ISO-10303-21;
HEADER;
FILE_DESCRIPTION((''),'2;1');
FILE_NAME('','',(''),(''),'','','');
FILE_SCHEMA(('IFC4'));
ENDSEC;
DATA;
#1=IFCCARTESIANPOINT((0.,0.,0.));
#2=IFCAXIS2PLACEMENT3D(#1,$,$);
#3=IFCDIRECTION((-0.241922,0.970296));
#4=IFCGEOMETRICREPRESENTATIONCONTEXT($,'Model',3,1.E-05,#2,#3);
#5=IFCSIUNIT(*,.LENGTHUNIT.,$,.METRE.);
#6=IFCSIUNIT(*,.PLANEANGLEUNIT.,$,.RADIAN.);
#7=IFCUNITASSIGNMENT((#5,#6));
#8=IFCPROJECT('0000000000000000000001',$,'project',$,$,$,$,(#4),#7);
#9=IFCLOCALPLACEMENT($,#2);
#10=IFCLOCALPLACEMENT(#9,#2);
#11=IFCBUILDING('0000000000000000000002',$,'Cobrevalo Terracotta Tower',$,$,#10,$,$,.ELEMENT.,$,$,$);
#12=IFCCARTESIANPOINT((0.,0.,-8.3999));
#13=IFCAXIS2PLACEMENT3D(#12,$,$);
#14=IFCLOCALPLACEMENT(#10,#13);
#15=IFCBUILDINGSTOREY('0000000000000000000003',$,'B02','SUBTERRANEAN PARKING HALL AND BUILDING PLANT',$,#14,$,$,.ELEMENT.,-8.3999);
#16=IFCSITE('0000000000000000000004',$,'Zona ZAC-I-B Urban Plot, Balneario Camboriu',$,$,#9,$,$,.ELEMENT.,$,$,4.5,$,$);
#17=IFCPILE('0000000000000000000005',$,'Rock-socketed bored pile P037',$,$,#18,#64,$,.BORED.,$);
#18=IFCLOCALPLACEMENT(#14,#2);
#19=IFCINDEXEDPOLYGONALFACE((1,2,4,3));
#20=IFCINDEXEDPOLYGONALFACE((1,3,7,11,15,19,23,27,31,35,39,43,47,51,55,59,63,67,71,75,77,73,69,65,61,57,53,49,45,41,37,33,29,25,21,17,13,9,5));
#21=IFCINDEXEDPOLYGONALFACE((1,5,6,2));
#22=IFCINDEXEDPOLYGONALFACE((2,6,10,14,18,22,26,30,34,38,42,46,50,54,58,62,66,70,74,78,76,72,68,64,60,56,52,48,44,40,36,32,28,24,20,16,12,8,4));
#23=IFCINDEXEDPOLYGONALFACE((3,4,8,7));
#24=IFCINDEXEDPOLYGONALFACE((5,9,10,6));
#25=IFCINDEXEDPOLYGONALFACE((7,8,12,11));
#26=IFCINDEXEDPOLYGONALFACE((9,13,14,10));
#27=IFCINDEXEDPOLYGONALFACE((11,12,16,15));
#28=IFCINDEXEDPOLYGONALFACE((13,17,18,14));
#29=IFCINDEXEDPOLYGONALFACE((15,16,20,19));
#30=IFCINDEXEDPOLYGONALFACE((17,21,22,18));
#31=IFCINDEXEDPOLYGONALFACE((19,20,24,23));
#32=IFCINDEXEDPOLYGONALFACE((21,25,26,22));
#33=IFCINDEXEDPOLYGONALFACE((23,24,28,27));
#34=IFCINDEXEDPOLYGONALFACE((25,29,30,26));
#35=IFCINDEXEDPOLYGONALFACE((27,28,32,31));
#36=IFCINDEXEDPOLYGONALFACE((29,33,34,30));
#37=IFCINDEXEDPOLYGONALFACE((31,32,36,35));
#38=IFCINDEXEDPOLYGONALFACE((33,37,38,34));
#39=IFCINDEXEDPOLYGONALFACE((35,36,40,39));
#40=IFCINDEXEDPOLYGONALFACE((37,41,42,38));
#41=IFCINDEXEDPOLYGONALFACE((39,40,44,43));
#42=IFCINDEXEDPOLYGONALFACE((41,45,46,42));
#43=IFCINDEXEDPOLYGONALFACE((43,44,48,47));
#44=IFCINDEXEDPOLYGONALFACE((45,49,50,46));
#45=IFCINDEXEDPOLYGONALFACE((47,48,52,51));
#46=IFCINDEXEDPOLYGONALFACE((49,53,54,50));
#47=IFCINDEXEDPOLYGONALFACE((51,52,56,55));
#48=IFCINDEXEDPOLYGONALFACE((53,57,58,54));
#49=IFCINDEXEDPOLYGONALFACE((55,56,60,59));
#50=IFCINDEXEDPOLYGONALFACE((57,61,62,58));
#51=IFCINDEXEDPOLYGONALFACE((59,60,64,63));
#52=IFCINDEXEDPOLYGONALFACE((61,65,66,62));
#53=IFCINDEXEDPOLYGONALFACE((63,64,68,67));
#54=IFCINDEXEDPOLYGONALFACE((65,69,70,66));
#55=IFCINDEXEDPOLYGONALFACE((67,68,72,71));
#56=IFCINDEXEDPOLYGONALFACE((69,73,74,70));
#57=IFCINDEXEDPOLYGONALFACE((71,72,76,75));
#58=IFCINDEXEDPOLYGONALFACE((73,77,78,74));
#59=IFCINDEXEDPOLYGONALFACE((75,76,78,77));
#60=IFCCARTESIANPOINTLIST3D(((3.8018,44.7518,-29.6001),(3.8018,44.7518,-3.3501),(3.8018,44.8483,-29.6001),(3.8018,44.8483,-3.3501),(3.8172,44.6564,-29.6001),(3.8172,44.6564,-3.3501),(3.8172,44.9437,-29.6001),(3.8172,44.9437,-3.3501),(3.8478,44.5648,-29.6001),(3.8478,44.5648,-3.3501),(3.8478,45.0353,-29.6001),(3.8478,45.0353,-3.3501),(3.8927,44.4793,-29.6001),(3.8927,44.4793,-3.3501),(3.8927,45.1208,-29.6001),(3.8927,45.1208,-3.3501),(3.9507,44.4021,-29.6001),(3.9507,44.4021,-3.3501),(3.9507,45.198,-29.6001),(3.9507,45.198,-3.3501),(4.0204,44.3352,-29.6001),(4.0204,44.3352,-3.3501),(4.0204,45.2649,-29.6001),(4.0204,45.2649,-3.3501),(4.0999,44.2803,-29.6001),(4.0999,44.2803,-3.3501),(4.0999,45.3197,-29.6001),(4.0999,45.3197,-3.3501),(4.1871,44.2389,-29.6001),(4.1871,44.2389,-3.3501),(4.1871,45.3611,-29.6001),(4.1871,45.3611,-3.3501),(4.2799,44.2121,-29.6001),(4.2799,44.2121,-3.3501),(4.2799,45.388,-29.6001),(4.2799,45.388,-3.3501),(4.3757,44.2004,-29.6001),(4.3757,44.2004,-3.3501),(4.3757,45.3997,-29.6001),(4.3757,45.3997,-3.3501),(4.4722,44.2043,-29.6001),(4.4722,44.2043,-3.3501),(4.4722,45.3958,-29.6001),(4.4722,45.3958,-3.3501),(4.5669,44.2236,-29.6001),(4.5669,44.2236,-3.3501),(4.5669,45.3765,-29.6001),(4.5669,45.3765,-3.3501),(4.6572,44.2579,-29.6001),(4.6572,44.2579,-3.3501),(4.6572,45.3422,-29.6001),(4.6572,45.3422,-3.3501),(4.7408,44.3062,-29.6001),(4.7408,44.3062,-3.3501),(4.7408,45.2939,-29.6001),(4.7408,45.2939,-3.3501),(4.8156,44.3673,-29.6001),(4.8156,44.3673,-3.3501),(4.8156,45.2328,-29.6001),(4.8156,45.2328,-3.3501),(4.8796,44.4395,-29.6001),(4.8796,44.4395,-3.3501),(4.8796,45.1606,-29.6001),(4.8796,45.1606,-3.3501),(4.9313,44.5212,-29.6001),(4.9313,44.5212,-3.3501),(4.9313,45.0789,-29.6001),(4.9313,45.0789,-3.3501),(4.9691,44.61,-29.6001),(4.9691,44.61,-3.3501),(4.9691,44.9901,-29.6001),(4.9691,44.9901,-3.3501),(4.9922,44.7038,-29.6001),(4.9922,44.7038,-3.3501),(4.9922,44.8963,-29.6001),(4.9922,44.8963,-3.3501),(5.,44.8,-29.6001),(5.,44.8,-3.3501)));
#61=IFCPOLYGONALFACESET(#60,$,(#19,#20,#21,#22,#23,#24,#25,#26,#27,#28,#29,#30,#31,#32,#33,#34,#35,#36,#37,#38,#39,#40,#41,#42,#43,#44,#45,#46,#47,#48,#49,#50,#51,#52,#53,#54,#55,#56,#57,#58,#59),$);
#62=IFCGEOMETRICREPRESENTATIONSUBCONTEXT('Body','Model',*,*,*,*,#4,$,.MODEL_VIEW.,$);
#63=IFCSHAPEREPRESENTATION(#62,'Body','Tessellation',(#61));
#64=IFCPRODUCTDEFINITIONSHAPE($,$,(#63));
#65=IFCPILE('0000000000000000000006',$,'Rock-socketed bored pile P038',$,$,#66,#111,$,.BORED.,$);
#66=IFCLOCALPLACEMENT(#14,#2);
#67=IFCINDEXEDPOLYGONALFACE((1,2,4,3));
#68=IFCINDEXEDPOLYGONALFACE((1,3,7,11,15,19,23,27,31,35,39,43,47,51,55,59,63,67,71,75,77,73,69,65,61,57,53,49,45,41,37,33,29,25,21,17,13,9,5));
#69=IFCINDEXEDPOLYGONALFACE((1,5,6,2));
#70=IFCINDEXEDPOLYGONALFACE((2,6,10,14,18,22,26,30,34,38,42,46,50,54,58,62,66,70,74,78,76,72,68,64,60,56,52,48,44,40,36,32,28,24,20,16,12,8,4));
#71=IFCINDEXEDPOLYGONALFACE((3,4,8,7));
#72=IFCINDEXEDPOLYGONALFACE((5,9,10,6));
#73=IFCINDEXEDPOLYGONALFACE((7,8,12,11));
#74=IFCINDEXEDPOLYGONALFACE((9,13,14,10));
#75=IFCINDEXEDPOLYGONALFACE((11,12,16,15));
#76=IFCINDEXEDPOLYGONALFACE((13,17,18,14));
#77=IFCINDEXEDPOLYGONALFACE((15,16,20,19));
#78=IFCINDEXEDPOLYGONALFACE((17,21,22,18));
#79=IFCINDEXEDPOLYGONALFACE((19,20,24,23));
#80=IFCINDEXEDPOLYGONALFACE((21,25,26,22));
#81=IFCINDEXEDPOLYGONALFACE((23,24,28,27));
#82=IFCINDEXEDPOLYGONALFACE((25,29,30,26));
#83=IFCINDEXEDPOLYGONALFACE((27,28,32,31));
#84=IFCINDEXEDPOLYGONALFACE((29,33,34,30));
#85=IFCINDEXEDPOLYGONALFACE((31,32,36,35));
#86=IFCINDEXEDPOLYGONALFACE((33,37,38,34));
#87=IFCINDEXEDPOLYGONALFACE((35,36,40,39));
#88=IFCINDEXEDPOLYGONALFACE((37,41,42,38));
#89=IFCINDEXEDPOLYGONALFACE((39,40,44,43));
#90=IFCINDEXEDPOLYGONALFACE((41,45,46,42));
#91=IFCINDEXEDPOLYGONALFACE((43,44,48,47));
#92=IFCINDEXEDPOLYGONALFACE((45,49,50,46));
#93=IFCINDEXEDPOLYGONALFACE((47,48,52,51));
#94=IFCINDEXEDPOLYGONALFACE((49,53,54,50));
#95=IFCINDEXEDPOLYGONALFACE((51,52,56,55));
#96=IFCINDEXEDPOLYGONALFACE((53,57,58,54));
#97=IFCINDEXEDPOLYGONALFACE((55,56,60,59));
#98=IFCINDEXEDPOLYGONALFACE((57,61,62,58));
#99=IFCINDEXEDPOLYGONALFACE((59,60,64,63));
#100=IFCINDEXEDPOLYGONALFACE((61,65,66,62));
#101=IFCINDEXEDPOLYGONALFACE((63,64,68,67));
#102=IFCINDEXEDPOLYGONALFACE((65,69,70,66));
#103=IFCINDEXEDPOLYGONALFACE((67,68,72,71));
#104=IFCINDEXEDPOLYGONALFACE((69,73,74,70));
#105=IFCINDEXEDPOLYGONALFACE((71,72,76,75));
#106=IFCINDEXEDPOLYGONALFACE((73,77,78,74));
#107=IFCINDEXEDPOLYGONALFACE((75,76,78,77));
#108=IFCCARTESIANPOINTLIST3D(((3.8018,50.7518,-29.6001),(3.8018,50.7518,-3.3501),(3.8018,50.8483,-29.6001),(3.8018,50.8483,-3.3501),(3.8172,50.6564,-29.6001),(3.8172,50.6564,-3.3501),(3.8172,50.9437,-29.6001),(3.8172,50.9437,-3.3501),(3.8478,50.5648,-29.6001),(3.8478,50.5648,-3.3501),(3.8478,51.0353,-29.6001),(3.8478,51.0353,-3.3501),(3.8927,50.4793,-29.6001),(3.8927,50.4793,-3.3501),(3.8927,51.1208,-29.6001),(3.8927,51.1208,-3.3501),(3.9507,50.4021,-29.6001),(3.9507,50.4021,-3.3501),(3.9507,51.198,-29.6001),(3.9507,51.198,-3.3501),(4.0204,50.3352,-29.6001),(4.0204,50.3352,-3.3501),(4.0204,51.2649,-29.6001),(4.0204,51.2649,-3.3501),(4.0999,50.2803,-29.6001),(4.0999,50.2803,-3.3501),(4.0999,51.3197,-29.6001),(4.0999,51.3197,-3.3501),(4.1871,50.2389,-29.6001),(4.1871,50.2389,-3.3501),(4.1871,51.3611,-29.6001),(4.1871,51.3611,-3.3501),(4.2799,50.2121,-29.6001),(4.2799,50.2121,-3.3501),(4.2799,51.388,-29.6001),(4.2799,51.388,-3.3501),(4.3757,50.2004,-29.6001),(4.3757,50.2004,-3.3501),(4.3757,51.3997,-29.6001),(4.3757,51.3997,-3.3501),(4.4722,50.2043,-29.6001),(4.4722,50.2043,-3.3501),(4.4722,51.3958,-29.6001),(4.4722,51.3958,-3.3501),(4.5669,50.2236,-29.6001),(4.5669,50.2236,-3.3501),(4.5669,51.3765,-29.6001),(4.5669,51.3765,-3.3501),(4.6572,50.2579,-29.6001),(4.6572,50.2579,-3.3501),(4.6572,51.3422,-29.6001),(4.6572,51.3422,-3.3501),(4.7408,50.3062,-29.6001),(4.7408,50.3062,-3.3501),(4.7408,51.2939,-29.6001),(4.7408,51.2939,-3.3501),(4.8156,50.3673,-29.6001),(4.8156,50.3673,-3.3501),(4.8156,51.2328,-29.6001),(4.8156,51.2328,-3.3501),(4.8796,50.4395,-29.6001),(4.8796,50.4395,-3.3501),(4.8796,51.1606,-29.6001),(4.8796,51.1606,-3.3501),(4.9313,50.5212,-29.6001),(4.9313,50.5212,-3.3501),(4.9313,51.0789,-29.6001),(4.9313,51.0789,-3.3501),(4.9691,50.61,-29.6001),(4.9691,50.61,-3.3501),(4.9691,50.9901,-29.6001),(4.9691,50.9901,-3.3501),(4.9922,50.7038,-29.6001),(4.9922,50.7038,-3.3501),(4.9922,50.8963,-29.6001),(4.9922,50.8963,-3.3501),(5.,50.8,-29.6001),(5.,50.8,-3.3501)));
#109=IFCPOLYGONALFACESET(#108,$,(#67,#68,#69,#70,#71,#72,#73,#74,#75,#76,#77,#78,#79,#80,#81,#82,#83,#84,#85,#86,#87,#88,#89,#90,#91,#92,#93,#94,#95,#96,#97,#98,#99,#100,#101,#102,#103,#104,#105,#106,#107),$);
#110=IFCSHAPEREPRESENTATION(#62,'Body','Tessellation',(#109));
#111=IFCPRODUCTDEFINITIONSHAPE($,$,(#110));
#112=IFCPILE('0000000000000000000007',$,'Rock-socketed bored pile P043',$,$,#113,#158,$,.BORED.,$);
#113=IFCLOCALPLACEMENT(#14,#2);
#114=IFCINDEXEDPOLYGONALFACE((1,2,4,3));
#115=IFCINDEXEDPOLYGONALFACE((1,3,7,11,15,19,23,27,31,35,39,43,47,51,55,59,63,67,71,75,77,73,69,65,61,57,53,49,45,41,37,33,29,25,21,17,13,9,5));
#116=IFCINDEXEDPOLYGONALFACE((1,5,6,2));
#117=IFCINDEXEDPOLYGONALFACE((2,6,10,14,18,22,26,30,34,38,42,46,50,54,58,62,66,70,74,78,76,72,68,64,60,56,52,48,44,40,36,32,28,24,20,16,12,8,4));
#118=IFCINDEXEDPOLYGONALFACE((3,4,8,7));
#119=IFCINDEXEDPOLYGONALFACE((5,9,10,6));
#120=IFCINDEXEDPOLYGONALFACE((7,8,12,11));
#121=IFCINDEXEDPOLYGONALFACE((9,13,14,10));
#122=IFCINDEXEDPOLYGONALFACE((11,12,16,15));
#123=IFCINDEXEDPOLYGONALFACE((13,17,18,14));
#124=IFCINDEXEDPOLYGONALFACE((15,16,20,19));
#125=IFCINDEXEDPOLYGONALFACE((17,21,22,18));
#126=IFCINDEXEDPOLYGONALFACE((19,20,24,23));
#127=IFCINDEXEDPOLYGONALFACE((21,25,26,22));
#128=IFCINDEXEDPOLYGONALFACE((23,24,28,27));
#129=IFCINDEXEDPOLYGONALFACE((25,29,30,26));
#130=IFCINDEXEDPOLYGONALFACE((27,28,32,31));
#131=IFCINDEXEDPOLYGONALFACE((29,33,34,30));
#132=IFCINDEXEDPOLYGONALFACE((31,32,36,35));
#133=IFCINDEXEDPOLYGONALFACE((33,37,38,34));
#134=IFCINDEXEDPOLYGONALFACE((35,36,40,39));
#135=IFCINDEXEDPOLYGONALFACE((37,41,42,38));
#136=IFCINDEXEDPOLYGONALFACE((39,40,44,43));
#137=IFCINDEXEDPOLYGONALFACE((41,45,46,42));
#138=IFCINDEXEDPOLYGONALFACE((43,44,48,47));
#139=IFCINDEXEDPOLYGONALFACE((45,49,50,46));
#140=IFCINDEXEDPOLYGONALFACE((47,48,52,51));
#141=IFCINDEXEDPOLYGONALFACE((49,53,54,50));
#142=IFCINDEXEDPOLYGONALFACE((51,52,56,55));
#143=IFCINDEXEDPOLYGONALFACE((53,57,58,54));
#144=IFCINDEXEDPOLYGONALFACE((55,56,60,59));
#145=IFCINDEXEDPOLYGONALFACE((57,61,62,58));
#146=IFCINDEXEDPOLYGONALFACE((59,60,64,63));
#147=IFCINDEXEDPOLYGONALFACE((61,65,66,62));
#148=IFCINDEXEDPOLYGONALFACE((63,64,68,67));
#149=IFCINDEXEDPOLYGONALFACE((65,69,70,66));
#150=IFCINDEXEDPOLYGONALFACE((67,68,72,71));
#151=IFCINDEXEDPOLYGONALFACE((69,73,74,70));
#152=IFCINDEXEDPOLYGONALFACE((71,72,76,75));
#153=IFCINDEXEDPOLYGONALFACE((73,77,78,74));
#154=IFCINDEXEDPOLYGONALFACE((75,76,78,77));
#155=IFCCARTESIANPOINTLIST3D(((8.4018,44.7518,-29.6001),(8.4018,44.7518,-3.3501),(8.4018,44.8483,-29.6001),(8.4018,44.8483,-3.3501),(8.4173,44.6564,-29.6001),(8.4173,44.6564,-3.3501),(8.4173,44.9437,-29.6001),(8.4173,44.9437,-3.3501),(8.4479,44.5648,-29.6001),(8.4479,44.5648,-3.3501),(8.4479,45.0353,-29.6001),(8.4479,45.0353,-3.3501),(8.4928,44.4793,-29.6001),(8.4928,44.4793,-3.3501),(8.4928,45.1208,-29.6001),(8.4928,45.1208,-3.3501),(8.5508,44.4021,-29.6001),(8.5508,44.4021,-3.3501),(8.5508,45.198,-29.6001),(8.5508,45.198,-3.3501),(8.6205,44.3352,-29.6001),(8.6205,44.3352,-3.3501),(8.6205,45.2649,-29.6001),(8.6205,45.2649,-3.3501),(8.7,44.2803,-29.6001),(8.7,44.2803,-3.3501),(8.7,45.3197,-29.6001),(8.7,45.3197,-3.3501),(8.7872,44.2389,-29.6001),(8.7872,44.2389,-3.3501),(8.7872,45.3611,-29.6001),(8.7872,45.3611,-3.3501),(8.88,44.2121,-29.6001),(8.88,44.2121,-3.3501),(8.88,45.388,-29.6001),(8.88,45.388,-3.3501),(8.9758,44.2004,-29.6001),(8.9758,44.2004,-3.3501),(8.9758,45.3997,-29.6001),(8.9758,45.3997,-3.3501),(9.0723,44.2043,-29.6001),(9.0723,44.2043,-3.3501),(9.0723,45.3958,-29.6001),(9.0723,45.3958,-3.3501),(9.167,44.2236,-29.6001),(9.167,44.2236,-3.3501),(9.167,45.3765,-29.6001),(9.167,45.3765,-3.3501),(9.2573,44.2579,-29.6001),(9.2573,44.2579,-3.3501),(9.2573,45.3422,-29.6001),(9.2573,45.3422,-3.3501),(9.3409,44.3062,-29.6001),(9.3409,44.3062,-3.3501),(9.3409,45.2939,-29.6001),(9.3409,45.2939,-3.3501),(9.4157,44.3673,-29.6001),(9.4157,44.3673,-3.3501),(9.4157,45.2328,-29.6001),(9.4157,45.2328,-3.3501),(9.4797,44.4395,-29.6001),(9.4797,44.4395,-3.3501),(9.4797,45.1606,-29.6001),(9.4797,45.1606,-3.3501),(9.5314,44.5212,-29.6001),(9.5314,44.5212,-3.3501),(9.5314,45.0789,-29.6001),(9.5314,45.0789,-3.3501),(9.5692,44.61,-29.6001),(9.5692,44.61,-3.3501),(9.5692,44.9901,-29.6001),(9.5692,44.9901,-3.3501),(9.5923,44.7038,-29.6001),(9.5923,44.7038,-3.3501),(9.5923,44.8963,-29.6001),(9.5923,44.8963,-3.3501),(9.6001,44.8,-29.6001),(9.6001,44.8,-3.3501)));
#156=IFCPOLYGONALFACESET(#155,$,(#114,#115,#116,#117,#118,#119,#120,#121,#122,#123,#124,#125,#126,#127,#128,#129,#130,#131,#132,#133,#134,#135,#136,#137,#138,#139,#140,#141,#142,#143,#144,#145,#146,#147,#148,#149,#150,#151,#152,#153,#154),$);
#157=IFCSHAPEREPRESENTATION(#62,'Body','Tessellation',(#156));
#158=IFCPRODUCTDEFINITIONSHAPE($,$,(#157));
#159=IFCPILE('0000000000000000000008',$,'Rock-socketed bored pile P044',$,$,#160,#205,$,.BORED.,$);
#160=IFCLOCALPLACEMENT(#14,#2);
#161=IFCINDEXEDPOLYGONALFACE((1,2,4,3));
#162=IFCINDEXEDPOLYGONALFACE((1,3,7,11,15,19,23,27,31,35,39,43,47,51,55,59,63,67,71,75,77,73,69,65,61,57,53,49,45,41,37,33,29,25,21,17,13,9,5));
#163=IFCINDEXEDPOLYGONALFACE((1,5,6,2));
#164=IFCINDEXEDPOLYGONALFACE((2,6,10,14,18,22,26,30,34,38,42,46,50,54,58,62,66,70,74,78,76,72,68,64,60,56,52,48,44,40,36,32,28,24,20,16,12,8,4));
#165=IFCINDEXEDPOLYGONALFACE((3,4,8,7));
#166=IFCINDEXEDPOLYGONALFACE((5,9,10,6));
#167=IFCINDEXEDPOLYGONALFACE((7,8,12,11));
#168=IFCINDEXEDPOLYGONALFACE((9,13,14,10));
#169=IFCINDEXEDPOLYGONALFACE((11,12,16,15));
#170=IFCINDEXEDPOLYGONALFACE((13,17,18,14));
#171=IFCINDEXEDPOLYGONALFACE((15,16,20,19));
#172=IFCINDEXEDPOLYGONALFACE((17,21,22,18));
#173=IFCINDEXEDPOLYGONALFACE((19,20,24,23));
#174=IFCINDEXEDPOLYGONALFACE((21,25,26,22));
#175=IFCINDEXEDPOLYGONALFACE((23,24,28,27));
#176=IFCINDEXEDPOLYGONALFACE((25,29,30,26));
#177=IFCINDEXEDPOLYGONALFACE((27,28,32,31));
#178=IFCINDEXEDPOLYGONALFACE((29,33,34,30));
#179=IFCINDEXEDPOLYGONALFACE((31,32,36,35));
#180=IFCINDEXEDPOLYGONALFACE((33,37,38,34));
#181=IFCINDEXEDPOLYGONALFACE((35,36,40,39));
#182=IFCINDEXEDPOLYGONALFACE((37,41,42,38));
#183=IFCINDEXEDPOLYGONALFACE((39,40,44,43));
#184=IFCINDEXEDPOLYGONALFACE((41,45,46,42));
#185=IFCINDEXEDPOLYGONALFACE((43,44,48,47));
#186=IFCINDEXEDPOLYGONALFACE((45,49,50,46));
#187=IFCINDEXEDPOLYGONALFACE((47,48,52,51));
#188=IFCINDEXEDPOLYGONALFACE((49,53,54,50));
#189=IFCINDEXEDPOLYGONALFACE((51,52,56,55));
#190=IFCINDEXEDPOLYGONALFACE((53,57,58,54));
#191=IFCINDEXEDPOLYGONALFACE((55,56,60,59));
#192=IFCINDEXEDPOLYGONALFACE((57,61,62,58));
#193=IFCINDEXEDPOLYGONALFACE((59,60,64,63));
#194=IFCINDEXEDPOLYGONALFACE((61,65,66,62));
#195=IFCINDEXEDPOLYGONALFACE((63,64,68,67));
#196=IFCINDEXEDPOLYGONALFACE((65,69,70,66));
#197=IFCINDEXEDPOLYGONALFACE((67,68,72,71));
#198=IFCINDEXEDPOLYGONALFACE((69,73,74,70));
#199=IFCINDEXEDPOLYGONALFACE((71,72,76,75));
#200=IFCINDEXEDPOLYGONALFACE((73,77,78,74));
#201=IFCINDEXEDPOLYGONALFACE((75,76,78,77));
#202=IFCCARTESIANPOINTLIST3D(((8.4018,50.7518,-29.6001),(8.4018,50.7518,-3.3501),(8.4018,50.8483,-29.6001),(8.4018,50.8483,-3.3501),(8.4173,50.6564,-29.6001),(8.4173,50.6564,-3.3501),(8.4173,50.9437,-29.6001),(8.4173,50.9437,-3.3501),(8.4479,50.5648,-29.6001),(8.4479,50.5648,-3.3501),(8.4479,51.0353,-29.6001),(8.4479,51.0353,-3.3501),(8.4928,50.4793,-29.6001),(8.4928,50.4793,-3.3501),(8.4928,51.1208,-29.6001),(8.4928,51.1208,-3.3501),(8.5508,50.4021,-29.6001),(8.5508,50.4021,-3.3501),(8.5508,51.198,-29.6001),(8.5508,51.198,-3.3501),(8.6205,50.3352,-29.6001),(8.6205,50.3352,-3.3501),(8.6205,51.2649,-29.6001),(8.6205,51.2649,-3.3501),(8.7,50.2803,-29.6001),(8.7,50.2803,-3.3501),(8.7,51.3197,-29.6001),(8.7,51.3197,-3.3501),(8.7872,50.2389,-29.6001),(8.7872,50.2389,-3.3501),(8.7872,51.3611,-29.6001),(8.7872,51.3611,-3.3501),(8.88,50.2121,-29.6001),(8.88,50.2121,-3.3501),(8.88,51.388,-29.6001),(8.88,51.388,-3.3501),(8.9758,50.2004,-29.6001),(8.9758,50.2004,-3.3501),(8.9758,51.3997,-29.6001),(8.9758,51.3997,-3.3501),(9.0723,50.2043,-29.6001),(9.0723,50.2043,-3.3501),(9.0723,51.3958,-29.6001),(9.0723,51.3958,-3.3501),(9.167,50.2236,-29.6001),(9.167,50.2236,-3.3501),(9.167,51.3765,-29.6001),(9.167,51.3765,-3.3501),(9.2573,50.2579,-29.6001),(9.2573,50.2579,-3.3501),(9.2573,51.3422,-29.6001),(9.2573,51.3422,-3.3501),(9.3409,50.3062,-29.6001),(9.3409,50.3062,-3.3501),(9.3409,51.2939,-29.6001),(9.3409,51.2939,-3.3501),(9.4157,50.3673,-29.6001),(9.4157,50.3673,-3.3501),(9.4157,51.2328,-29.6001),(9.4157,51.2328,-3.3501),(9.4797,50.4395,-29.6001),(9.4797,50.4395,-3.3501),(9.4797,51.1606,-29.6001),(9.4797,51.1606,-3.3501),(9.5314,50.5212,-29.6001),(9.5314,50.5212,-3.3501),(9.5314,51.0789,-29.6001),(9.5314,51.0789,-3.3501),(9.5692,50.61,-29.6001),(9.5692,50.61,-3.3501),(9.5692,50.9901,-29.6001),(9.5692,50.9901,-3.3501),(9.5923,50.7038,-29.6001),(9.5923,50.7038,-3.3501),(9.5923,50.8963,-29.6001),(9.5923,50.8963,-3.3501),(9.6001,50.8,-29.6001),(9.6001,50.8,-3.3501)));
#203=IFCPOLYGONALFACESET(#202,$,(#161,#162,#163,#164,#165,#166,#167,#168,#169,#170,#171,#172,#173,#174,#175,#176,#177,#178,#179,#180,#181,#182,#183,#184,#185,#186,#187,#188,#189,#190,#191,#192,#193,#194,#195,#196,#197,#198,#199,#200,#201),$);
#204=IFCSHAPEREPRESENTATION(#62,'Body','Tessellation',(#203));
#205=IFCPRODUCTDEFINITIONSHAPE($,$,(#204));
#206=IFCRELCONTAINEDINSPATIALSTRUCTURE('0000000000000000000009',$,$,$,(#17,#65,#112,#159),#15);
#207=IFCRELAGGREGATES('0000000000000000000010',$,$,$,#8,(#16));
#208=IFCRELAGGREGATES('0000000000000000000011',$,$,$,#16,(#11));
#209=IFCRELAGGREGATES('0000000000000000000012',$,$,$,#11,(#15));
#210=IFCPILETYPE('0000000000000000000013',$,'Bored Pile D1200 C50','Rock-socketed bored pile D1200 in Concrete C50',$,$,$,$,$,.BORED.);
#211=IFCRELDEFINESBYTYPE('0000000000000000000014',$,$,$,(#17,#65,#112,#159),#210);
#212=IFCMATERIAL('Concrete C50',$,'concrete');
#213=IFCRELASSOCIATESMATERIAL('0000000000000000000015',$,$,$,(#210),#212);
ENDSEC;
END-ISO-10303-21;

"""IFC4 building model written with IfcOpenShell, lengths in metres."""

from ifc_helpers import new_model, si_unit, direction, frame, origin, origin_2d, place, context, subcontext, project, spatial, circle, extrude, material, material_profile, profile_set, type_object, element, save


model = new_model("IFC4")

# Units and contexts
model_context = context("Model", 3, precision=1e-05, world=origin(), true_north=direction((-0.241922, 0.970296)))
body_context = subcontext(model_context, "Body", "Model", "MODEL_VIEW")
ifc_project = project(units=[si_unit("LENGTHUNIT", "METRE"), si_unit("PLANEANGLEUNIT", "RADIAN")], contexts=[model_context])

# Site, building, storey
site_placement = place(None, origin())
site = spatial("IfcSite", under=ifc_project, at=site_placement, Name="Zona ZAC-I-B Urban Plot, Balneario Camboriu", CompositionType="ELEMENT", RefElevation=4.5)
building_placement = place(site_placement, origin())
building = spatial("IfcBuilding", under=site, at=building_placement, Name="Cobrevalo Terracotta Tower", CompositionType="ELEMENT")
storey_placement = place(building_placement, frame((0.0, 0.0, -8.3999)))
storey = spatial("IfcBuildingStorey", under=building, at=storey_placement, Name="B02", Description="SUBTERRANEAN PARKING HALL AND BUILDING PLANT", CompositionType="ELEMENT", Elevation=-8.3999)

# Piles
ifc_material_1 = material(Name="Concrete C50", Category="concrete")
ifc_material_profile_1 = material_profile(ifc_material_1, circle(Radius=0.6001, at=origin_2d()), Name="PILE D1200")
ifc_profile_set_1 = profile_set([ifc_material_profile_1], Name="Concrete C50")
pile_type = type_object("IfcPileType", Name="Bored Pile D1200 C50", Description="Rock-socketed bored pile D1200 in Concrete C50", PredefinedType="BORED", material=ifc_profile_set_1)
for number, where, z_axis, x_axis, name in (
    (1, (4.3999, 44.8, -3.3501), (0.0, 0.0, -1.0), (1.0, 0.0, 0.0), "Rock-socketed bored pile P037"),
    (2, (4.3999, 50.8, -3.3501), (0.0, 0.0, -1.0), (1.0, 0.0, 0.0), "Rock-socketed bored pile P038"),
    (3, (9.0, 44.8, -3.3501), (0.0, 0.0, -1.0), (1.0, 0.0, 0.0), "Rock-socketed bored pile P043"),
    (4, (9.0, 50.8, -3.3501), (0.0, 0.0, -1.0), (1.0, 0.0, 0.0), "Rock-socketed bored pile P044"),
):
    element("IfcPile", number, at=place(storey_placement, frame(where, z_axis=z_axis, x_axis=x_axis)), inside=storey, type_object=pile_type, Name=name, PredefinedType="BORED", context=body_context, shape_type="SweptSolid", body=[
        extrude(circle(Radius=0.6001, at=origin_2d()), origin(), (0.0, 0.0, 1.0), 26.25),
    ])

save(model, "model.ifc")
